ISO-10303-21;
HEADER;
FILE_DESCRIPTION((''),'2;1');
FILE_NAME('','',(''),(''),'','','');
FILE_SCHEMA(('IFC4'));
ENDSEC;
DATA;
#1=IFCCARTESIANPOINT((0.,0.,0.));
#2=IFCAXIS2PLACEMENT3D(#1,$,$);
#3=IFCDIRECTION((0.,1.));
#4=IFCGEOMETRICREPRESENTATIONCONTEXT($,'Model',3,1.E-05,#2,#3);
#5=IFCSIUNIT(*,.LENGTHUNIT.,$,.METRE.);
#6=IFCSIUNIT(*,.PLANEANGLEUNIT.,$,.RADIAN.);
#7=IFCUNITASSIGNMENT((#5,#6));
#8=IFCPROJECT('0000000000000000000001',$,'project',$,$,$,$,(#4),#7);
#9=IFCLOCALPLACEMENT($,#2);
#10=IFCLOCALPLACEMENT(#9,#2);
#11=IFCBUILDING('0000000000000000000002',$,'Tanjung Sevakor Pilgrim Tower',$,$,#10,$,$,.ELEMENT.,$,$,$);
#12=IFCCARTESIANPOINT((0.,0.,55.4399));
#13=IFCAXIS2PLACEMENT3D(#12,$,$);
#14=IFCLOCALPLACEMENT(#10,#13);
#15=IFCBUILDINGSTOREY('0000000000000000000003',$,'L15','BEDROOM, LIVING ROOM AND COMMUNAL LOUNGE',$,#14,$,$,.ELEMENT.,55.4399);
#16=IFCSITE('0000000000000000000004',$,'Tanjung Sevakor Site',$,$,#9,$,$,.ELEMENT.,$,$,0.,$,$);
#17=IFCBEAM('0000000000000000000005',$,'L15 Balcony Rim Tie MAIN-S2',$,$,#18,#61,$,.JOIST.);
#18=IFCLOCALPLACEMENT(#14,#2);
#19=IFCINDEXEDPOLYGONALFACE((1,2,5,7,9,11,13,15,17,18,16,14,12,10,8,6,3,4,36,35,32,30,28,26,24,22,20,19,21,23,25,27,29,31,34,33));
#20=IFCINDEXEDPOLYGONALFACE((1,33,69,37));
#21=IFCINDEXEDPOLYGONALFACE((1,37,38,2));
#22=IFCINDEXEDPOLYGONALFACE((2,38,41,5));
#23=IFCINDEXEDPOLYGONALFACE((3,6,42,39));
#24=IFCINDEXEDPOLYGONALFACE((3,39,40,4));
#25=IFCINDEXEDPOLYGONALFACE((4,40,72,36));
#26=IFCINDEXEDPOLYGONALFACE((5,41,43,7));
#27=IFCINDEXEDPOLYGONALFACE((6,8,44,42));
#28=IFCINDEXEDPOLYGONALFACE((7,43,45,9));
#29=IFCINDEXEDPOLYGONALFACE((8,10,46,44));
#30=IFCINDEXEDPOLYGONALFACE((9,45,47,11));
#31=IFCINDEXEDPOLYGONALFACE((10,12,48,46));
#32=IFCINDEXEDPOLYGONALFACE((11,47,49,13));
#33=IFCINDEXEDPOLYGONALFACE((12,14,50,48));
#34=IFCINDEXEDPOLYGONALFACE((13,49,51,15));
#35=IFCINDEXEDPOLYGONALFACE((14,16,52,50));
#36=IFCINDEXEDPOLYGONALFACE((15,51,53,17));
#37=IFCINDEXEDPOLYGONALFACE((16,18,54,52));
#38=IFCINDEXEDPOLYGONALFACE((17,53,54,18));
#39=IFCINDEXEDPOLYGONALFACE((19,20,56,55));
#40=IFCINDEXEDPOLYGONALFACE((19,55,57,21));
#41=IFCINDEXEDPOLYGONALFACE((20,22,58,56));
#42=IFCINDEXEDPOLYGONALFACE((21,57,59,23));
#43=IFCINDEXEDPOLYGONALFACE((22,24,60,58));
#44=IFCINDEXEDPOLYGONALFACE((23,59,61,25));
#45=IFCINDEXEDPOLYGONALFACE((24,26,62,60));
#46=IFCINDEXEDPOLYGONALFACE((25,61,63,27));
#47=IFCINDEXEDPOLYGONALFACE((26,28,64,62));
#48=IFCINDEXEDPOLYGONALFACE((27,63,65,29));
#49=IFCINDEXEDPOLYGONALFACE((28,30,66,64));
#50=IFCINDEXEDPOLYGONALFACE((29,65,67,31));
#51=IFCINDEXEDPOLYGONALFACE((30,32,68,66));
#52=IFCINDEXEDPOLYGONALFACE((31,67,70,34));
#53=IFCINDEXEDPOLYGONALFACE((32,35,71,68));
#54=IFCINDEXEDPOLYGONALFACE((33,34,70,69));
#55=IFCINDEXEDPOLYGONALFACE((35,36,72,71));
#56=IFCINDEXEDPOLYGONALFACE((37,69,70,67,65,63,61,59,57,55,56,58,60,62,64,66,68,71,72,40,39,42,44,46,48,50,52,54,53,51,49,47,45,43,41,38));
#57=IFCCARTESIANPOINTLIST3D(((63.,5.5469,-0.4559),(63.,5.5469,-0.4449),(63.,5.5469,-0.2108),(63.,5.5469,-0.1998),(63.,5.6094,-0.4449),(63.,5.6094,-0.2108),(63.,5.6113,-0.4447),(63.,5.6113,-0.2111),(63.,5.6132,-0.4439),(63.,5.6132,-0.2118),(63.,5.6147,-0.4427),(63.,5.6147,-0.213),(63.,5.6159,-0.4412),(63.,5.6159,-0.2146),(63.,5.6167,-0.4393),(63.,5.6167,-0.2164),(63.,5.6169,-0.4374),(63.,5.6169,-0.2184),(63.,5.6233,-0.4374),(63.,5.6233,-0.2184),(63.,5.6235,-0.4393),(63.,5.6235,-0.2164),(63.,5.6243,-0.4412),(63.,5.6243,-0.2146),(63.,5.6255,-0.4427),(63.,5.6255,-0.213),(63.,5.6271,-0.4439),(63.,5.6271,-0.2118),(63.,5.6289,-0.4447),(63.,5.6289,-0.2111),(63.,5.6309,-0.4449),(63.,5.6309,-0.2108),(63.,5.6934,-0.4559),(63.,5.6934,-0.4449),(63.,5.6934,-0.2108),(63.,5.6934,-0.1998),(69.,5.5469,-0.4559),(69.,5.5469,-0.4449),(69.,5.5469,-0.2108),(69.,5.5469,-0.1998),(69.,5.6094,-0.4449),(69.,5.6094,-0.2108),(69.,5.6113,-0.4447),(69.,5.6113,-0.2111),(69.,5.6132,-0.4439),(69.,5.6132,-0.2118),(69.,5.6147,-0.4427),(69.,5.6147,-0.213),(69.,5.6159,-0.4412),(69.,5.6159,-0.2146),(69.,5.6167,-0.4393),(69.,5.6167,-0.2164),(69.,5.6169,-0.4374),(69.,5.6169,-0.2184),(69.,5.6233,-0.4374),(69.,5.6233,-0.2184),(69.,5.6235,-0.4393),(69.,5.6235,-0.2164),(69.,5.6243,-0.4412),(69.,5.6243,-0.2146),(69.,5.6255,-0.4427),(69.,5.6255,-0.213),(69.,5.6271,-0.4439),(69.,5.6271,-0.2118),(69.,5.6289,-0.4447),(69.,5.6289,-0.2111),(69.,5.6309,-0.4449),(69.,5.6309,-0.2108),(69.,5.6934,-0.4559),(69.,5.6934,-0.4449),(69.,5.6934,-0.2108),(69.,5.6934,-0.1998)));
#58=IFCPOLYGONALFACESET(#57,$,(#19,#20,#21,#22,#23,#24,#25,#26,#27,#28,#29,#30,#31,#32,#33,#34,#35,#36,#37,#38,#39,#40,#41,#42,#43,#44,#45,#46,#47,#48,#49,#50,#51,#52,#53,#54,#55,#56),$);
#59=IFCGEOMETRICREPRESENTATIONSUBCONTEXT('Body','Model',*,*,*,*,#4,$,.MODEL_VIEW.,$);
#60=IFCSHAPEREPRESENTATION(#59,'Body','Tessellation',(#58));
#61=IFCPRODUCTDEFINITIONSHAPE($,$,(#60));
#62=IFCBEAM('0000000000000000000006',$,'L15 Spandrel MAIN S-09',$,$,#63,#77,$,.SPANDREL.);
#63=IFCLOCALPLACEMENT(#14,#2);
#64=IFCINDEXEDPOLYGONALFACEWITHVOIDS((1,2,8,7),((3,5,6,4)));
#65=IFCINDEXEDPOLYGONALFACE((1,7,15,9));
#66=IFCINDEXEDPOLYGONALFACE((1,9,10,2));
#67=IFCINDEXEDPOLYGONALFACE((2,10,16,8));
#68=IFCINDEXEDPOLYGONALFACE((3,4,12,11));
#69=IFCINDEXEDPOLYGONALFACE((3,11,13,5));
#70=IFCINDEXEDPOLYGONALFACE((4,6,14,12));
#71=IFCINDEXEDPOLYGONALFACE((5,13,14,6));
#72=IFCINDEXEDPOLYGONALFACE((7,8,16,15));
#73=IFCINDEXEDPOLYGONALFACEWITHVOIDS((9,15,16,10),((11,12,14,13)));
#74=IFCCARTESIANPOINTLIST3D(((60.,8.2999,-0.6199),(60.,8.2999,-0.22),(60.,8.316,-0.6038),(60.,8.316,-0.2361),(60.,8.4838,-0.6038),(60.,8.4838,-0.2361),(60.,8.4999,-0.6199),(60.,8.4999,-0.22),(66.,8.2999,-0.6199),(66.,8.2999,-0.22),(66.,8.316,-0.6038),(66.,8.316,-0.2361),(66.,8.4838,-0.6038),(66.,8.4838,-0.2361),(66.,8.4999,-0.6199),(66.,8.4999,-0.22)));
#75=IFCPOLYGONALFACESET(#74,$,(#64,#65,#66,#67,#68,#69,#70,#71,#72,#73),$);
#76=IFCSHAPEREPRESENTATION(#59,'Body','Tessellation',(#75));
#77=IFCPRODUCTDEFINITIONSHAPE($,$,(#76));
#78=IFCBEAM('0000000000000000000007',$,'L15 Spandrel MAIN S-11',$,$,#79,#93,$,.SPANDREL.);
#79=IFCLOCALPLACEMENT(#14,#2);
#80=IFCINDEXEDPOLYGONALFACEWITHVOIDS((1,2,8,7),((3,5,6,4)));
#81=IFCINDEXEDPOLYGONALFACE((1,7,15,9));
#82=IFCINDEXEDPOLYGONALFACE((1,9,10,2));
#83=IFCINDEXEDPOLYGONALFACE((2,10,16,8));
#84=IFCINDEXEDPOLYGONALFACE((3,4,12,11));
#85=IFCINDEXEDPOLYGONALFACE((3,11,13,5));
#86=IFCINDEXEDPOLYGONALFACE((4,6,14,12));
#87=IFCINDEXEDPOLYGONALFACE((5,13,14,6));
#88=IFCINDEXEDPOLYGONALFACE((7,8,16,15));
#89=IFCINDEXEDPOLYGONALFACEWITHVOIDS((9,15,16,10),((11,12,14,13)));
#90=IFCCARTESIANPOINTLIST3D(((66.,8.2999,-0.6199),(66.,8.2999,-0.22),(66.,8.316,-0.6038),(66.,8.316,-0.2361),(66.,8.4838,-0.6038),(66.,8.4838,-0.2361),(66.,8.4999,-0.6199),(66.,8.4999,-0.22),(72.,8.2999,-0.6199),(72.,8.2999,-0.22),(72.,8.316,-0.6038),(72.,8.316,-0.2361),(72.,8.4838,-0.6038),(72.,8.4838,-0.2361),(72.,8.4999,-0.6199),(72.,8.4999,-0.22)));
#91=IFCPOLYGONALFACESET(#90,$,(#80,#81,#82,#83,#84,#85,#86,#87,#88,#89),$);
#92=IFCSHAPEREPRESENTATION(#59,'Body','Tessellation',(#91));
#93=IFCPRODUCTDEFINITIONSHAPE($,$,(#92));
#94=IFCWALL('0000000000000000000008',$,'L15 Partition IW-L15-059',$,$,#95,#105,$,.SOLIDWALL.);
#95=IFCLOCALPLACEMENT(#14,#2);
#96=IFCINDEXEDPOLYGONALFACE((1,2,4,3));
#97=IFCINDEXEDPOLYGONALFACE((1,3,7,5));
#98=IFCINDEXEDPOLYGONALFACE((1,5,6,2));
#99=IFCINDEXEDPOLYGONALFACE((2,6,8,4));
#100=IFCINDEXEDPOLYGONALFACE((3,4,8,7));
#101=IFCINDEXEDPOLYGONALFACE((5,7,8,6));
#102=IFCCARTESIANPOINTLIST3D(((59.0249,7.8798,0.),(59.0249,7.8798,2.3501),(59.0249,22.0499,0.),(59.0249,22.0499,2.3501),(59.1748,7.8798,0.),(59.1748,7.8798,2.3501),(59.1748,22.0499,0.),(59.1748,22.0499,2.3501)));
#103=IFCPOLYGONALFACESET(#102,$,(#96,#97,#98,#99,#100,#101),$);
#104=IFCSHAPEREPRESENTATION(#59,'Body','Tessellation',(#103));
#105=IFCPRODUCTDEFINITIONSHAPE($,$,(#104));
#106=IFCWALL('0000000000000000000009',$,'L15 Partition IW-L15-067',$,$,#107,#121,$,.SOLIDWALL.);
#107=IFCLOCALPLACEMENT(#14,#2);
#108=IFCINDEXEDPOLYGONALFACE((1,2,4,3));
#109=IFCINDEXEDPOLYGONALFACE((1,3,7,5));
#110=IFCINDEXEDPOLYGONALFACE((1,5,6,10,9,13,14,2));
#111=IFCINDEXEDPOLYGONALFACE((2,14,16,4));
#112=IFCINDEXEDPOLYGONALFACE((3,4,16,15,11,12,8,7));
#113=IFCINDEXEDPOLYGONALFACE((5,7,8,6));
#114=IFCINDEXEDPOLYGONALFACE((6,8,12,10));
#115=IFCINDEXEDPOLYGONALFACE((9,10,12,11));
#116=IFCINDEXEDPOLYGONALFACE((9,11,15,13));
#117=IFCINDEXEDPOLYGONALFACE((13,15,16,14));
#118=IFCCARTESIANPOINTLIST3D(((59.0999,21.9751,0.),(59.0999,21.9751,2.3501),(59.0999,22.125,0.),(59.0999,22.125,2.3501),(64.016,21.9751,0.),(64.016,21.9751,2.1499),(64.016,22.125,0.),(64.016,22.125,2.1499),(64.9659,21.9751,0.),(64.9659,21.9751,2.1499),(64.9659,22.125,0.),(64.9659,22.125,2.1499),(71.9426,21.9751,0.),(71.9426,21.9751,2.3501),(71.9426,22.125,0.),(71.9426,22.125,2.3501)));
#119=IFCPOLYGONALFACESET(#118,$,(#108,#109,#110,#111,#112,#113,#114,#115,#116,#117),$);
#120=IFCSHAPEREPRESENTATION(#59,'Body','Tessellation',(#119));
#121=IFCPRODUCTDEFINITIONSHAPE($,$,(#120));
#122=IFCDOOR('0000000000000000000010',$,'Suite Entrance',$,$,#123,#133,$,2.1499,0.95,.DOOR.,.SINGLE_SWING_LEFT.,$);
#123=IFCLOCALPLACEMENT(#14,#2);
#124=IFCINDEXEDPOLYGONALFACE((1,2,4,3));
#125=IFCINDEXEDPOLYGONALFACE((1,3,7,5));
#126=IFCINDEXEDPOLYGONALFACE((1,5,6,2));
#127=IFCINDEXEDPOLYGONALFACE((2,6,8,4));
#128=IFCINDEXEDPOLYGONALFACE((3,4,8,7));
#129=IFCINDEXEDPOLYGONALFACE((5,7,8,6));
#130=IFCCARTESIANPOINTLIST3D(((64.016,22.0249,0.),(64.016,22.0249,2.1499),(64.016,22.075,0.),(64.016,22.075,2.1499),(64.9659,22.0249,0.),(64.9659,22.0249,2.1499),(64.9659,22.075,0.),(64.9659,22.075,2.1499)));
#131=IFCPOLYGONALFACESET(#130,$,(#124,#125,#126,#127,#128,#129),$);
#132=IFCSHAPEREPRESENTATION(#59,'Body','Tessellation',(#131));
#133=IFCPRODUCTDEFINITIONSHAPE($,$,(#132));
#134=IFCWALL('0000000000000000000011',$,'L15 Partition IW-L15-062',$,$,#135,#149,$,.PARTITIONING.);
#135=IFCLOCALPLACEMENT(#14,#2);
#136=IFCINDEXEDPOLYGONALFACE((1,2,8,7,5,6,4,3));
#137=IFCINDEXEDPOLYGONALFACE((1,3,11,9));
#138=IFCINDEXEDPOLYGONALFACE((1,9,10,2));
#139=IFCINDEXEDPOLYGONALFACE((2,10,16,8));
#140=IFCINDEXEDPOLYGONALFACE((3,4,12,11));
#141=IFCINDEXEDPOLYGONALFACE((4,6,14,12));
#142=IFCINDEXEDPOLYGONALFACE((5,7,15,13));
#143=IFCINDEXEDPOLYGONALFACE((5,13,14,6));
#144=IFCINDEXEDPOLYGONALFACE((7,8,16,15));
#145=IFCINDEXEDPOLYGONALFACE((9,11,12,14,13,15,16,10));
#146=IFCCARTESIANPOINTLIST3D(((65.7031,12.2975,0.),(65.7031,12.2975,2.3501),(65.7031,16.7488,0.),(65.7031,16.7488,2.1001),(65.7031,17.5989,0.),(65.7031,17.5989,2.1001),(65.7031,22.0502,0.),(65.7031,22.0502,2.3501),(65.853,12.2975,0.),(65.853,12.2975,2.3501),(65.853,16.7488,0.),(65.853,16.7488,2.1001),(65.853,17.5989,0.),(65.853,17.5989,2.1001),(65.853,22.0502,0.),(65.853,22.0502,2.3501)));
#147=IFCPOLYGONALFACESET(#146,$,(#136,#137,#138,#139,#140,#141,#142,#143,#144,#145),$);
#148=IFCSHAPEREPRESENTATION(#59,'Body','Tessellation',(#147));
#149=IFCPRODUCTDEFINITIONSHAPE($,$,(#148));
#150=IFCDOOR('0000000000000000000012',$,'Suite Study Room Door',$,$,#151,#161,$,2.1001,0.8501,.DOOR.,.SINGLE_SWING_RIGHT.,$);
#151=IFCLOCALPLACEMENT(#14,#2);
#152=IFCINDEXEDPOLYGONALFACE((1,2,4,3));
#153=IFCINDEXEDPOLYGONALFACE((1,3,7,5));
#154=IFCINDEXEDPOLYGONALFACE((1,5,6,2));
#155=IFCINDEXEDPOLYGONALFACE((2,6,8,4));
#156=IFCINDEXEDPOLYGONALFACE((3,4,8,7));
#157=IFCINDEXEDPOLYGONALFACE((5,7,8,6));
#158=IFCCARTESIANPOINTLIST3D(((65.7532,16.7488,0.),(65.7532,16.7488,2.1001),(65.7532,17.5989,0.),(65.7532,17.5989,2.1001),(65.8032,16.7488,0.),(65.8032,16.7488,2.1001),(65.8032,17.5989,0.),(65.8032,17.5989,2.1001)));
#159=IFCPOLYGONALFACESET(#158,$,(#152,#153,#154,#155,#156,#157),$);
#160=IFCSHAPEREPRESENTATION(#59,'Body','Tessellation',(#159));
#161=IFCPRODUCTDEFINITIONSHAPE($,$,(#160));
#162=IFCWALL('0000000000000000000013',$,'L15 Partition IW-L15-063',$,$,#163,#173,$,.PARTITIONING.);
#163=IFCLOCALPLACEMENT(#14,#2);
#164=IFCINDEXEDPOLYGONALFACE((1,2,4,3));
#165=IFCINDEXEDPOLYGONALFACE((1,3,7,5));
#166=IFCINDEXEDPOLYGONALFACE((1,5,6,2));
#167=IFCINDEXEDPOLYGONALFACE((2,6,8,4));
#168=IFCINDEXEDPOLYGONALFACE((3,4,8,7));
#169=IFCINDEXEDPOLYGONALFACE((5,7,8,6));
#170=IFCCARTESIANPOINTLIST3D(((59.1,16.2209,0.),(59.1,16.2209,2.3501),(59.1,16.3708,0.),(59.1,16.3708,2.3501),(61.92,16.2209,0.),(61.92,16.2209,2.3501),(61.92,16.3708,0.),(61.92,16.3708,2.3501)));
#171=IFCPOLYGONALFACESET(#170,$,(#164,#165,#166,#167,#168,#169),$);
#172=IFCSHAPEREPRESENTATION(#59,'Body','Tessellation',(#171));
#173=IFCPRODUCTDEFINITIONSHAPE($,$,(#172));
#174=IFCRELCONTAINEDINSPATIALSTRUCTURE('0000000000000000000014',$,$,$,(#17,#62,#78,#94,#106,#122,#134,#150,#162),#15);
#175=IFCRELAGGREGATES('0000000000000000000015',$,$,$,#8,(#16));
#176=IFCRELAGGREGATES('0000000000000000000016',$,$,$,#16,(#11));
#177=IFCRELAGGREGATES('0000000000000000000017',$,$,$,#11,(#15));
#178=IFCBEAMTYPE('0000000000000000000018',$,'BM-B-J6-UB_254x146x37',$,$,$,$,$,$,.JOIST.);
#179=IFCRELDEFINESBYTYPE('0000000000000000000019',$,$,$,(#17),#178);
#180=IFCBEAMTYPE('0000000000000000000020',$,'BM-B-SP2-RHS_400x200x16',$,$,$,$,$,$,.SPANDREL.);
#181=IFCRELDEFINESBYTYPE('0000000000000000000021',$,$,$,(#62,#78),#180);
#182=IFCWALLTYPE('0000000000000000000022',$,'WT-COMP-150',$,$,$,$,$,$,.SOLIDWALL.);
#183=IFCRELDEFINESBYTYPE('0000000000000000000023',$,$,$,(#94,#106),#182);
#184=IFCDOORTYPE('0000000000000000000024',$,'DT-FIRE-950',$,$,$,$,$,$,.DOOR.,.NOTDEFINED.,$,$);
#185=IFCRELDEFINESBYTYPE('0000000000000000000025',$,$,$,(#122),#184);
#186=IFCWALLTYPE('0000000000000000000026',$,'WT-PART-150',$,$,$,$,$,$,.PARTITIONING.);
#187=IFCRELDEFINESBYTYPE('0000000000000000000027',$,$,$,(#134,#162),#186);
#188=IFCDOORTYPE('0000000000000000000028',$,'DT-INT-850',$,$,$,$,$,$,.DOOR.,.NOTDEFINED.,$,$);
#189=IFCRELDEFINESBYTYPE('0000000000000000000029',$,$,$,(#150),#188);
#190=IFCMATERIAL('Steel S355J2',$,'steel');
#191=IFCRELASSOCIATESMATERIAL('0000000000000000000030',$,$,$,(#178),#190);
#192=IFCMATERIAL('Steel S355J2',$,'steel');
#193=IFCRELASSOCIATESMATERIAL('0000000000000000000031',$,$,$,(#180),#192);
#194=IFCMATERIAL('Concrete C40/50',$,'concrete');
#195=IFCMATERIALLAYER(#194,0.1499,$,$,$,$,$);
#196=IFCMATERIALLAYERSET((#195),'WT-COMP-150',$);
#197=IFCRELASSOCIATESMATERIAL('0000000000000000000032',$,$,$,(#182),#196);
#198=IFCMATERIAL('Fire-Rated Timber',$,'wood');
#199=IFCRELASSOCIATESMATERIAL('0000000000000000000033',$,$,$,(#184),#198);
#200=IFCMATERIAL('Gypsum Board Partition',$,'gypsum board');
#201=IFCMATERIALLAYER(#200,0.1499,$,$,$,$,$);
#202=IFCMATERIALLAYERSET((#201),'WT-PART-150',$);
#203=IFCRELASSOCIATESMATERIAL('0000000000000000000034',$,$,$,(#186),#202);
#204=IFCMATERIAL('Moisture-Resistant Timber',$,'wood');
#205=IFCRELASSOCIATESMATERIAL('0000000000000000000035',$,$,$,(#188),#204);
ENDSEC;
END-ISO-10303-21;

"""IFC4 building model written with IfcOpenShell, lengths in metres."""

from ifc_helpers import new_model, si_unit, direction, frame, frame_2d, origin, origin_2d, place, context, subcontext, project, spatial, rectangle, hollow_rectangle, i_section, extrude, material, layer, layer_set, material_profile, profile_set, type_object, element, fill, save


model = new_model("IFC4")

# Units and contexts
model_context = context("Model", 3, precision=1e-05, world=origin(), true_north=direction((0.0, 1.0)))
body_context = subcontext(model_context, "Body", "Model", "MODEL_VIEW")
ifc_project = project(units=[si_unit("LENGTHUNIT", "METRE"), si_unit("PLANEANGLEUNIT", "RADIAN")], contexts=[model_context])

# Site, building, storey
site_placement = place(None, origin())
site = spatial("IfcSite", under=ifc_project, at=site_placement, Name="Tanjung Sevakor Site", CompositionType="ELEMENT", RefElevation=0.0)
building_placement = place(site_placement, origin())
building = spatial("IfcBuilding", under=site, at=building_placement, Name="Tanjung Sevakor Pilgrim Tower", CompositionType="ELEMENT")
storey_placement = place(building_placement, frame((0.0, 0.0, 55.4399)))
storey = spatial("IfcBuildingStorey", under=building, at=storey_placement, Name="L15", Description="BEDROOM, LIVING ROOM AND COMMUNAL LOUNGE", CompositionType="ELEMENT", Elevation=55.4399)

# Beams
ifc_material_1 = material(Name="Steel S355J2", Category="steel")
ifc_material_profile_1 = material_profile(ifc_material_1, i_section(OverallWidth=0.1465, OverallDepth=0.2561, WebThickness=0.0063, FlangeThickness=0.011, FilletRadius=0.0076, at=origin_2d()))
ifc_profile_set_1 = profile_set([ifc_material_profile_1], Name="Steel S355J2")
beam_type_1 = type_object("IfcBeamType", Name="BM-B-J6-UB_254x146x37", PredefinedType="JOIST", material=ifc_profile_set_1)
beam_1_placement = place(storey_placement, frame((63.0, 5.6201, -0.3279), z_axis=(1.0, 0.0, 0.0), x_axis=(0.0, 1.0, 0.0)))
element("IfcBeam", 1, at=beam_1_placement, inside=storey, type_object=beam_type_1, Name="L15 Balcony Rim Tie MAIN-S2", PredefinedType="JOIST", context=body_context, shape_type="SweptSolid", body=[
    extrude(i_section(OverallWidth=0.1465, OverallDepth=0.2561, WebThickness=0.0063, FlangeThickness=0.011, FilletRadius=0.0076, at=origin_2d()), origin(), (0.0, 0.0, 1.0), 6.0),
])
ifc_material_2 = material(Name="Steel S355J2", Category="steel")
ifc_material_profile_2 = material_profile(ifc_material_2, hollow_rectangle(XDim=0.2, YDim=0.3999, WallThickness=0.0161, at=origin_2d()))
ifc_profile_set_2 = profile_set([ifc_material_profile_2], Name="Steel S355J2")
beam_type_2 = type_object("IfcBeamType", Name="BM-B-SP2-RHS_400x200x16", PredefinedType="SPANDREL", material=ifc_profile_set_2)
for number, where, z_axis, x_axis, name in (
    (2, (60.0, 8.3999, -0.4199), (1.0, 0.0, 0.0), (0.0, 1.0, 0.0), "L15 Spandrel MAIN S-09"),
    (3, (66.0, 8.3999, -0.4199), (1.0, 0.0, 0.0), (0.0, 1.0, 0.0), "L15 Spandrel MAIN S-11"),
):
    element("IfcBeam", number, at=place(storey_placement, frame(where, z_axis=z_axis, x_axis=x_axis)), inside=storey, type_object=beam_type_2, Name=name, PredefinedType="SPANDREL", context=body_context, shape_type="SweptSolid", body=[
        extrude(hollow_rectangle(XDim=0.2, YDim=0.3999, WallThickness=0.0161, at=origin_2d()), origin(), (0.0, 0.0, 1.0), 6.0),
    ])

# Wall
ifc_material_3 = material(Name="Concrete C40/50", Category="concrete")
ifc_layer_1 = layer(ifc_material_3, 0.1499)
ifc_layer_set_1 = layer_set([ifc_layer_1], Name="WT-COMP-150")
wall_type_1 = type_object("IfcWallType", Name="WT-COMP-150", PredefinedType="SOLIDWALL", material=ifc_layer_set_1)
wall_1_placement = place(storey_placement, frame((59.0999, 7.8799, 0.0), z_axis=(0.0, 0.0, 1.0), x_axis=(0.0, 1.0, 0.0)))
element("IfcWall", 4, at=wall_1_placement, inside=storey, type_object=wall_type_1, Name="L15 Partition IW-L15-059", PredefinedType="SOLIDWALL", context=body_context, shape_type="SweptSolid", body=[
    extrude(rectangle(XDim=14.1702, YDim=0.1499, at=frame_2d((7.085, 0.0))), origin(), (0.0, 0.0, 1.0), 2.3501),
])

# Walls, openings, doors
wall_2_placement = place(storey_placement, frame((59.0999, 22.05, 0.0), z_axis=(0.0, 0.0, 1.0), x_axis=(1.0, 0.0, 0.0)))
wall_2 = element("IfcWall", 5, at=wall_2_placement, inside=storey, type_object=wall_type_1, Name="L15 Partition IW-L15-067", PredefinedType="SOLIDWALL", context=body_context, shape_type="SweptSolid", body=[
    extrude(rectangle(XDim=12.8428, YDim=0.1499, at=frame_2d((6.4214, 0.0))), origin(), (0.0, 0.0, 1.0), 2.3501),
])
opening_1_placement = place(wall_2_placement, frame((4.916, 0.0, 0.0)))
opening_1 = element("IfcOpeningElement", 6, at=opening_1_placement, cuts=wall_2, PredefinedType="OPENING", context=body_context, shape_type="SweptSolid", body=[
    extrude(rectangle(XDim=0.95, YDim=2.1499, at=frame_2d((0.4751, 1.075))), frame((0.0, 0.085, 0.0), z_axis=(0.0, -1.0, 0.0), x_axis=(1.0, 0.0, 0.0)), (0.0, 0.0, 1.0), 0.1699),
])
ifc_material_4 = material(Name="Fire-Rated Timber", Category="wood")
door_type_1 = type_object("IfcDoorType", Name="DT-FIRE-950", OperationType="NOTDEFINED", PredefinedType="DOOR", material=ifc_material_4)
door_1_placement = place(opening_1_placement, origin())
door_1 = element("IfcDoor", 7, at=door_1_placement, inside=storey, type_object=door_type_1, Name="Suite Entrance", OperationType="SINGLE_SWING_LEFT", OverallHeight=2.1499, OverallWidth=0.95, PredefinedType="DOOR", context=body_context, shape_type="SweptSolid", body=[
    extrude(rectangle(XDim=0.95, YDim=2.1499, at=frame_2d((0.4751, 1.075))), frame((0.0, 0.0249, 0.0), z_axis=(0.0, -1.0, 0.0), x_axis=(1.0, 0.0, 0.0)), (0.0, 0.0, 1.0), 0.05),
])
fill(opening_1, door_1)
ifc_material_5 = material(Name="Gypsum Board Partition", Category="gypsum board")
ifc_layer_2 = layer(ifc_material_5, 0.1499)
ifc_layer_set_2 = layer_set([ifc_layer_2], Name="WT-PART-150")
wall_type_2 = type_object("IfcWallType", Name="WT-PART-150", PredefinedType="PARTITIONING", material=ifc_layer_set_2)
wall_3_placement = place(storey_placement, frame((65.7781, 12.2974, 0.0), z_axis=(0.0, 0.0, 1.0), x_axis=(0.0, 1.0, 0.0)))
wall_3 = element("IfcWall", 8, at=wall_3_placement, inside=storey, type_object=wall_type_2, Name="L15 Partition IW-L15-062", PredefinedType="PARTITIONING", context=body_context, shape_type="SweptSolid", body=[
    extrude(rectangle(XDim=9.7527, YDim=0.1499, at=frame_2d((4.8765, 0.0))), origin(), (0.0, 0.0, 1.0), 2.3501),
])
opening_2_placement = place(wall_3_placement, frame((4.4514, 0.0, 0.0)))
opening_2 = element("IfcOpeningElement", 9, at=opening_2_placement, cuts=wall_3, PredefinedType="OPENING", context=body_context, shape_type="SweptSolid", body=[
    extrude(rectangle(XDim=0.8501, YDim=2.1001, at=frame_2d((0.425, 1.05))), frame((0.0, 0.085, 0.0), z_axis=(0.0, -1.0, 0.0), x_axis=(1.0, 0.0, 0.0)), (0.0, 0.0, 1.0), 0.1699),
])
ifc_material_6 = material(Name="Moisture-Resistant Timber", Category="wood")
door_type_2 = type_object("IfcDoorType", Name="DT-INT-850", OperationType="NOTDEFINED", PredefinedType="DOOR", material=ifc_material_6)
door_2_placement = place(opening_2_placement, origin())
door_2 = element("IfcDoor", 10, at=door_2_placement, inside=storey, type_object=door_type_2, Name="Suite Study Room Door", OperationType="SINGLE_SWING_RIGHT", OverallHeight=2.1001, OverallWidth=0.8501, PredefinedType="DOOR", context=body_context, shape_type="SweptSolid", body=[
    extrude(rectangle(XDim=0.8501, YDim=2.1001, at=frame_2d((0.425, 1.05))), frame((0.0, 0.0249, 0.0), z_axis=(0.0, -1.0, 0.0), x_axis=(1.0, 0.0, 0.0)), (0.0, 0.0, 1.0), 0.05),
])
fill(opening_2, door_2)

# Wall
wall_4_placement = place(storey_placement, frame((59.0999, 16.2959, 0.0), z_axis=(0.0, 0.0, 1.0), x_axis=(1.0, 0.0, 0.0)))
element("IfcWall", 11, at=wall_4_placement, inside=storey, type_object=wall_type_2, Name="L15 Partition IW-L15-063", PredefinedType="PARTITIONING", context=body_context, shape_type="SweptSolid", body=[
    extrude(rectangle(XDim=2.8201, YDim=0.1499, at=frame_2d((1.4102, 0.0))), origin(), (0.0, 0.0, 1.0), 2.3501),
])

save(model, "model.ifc")
